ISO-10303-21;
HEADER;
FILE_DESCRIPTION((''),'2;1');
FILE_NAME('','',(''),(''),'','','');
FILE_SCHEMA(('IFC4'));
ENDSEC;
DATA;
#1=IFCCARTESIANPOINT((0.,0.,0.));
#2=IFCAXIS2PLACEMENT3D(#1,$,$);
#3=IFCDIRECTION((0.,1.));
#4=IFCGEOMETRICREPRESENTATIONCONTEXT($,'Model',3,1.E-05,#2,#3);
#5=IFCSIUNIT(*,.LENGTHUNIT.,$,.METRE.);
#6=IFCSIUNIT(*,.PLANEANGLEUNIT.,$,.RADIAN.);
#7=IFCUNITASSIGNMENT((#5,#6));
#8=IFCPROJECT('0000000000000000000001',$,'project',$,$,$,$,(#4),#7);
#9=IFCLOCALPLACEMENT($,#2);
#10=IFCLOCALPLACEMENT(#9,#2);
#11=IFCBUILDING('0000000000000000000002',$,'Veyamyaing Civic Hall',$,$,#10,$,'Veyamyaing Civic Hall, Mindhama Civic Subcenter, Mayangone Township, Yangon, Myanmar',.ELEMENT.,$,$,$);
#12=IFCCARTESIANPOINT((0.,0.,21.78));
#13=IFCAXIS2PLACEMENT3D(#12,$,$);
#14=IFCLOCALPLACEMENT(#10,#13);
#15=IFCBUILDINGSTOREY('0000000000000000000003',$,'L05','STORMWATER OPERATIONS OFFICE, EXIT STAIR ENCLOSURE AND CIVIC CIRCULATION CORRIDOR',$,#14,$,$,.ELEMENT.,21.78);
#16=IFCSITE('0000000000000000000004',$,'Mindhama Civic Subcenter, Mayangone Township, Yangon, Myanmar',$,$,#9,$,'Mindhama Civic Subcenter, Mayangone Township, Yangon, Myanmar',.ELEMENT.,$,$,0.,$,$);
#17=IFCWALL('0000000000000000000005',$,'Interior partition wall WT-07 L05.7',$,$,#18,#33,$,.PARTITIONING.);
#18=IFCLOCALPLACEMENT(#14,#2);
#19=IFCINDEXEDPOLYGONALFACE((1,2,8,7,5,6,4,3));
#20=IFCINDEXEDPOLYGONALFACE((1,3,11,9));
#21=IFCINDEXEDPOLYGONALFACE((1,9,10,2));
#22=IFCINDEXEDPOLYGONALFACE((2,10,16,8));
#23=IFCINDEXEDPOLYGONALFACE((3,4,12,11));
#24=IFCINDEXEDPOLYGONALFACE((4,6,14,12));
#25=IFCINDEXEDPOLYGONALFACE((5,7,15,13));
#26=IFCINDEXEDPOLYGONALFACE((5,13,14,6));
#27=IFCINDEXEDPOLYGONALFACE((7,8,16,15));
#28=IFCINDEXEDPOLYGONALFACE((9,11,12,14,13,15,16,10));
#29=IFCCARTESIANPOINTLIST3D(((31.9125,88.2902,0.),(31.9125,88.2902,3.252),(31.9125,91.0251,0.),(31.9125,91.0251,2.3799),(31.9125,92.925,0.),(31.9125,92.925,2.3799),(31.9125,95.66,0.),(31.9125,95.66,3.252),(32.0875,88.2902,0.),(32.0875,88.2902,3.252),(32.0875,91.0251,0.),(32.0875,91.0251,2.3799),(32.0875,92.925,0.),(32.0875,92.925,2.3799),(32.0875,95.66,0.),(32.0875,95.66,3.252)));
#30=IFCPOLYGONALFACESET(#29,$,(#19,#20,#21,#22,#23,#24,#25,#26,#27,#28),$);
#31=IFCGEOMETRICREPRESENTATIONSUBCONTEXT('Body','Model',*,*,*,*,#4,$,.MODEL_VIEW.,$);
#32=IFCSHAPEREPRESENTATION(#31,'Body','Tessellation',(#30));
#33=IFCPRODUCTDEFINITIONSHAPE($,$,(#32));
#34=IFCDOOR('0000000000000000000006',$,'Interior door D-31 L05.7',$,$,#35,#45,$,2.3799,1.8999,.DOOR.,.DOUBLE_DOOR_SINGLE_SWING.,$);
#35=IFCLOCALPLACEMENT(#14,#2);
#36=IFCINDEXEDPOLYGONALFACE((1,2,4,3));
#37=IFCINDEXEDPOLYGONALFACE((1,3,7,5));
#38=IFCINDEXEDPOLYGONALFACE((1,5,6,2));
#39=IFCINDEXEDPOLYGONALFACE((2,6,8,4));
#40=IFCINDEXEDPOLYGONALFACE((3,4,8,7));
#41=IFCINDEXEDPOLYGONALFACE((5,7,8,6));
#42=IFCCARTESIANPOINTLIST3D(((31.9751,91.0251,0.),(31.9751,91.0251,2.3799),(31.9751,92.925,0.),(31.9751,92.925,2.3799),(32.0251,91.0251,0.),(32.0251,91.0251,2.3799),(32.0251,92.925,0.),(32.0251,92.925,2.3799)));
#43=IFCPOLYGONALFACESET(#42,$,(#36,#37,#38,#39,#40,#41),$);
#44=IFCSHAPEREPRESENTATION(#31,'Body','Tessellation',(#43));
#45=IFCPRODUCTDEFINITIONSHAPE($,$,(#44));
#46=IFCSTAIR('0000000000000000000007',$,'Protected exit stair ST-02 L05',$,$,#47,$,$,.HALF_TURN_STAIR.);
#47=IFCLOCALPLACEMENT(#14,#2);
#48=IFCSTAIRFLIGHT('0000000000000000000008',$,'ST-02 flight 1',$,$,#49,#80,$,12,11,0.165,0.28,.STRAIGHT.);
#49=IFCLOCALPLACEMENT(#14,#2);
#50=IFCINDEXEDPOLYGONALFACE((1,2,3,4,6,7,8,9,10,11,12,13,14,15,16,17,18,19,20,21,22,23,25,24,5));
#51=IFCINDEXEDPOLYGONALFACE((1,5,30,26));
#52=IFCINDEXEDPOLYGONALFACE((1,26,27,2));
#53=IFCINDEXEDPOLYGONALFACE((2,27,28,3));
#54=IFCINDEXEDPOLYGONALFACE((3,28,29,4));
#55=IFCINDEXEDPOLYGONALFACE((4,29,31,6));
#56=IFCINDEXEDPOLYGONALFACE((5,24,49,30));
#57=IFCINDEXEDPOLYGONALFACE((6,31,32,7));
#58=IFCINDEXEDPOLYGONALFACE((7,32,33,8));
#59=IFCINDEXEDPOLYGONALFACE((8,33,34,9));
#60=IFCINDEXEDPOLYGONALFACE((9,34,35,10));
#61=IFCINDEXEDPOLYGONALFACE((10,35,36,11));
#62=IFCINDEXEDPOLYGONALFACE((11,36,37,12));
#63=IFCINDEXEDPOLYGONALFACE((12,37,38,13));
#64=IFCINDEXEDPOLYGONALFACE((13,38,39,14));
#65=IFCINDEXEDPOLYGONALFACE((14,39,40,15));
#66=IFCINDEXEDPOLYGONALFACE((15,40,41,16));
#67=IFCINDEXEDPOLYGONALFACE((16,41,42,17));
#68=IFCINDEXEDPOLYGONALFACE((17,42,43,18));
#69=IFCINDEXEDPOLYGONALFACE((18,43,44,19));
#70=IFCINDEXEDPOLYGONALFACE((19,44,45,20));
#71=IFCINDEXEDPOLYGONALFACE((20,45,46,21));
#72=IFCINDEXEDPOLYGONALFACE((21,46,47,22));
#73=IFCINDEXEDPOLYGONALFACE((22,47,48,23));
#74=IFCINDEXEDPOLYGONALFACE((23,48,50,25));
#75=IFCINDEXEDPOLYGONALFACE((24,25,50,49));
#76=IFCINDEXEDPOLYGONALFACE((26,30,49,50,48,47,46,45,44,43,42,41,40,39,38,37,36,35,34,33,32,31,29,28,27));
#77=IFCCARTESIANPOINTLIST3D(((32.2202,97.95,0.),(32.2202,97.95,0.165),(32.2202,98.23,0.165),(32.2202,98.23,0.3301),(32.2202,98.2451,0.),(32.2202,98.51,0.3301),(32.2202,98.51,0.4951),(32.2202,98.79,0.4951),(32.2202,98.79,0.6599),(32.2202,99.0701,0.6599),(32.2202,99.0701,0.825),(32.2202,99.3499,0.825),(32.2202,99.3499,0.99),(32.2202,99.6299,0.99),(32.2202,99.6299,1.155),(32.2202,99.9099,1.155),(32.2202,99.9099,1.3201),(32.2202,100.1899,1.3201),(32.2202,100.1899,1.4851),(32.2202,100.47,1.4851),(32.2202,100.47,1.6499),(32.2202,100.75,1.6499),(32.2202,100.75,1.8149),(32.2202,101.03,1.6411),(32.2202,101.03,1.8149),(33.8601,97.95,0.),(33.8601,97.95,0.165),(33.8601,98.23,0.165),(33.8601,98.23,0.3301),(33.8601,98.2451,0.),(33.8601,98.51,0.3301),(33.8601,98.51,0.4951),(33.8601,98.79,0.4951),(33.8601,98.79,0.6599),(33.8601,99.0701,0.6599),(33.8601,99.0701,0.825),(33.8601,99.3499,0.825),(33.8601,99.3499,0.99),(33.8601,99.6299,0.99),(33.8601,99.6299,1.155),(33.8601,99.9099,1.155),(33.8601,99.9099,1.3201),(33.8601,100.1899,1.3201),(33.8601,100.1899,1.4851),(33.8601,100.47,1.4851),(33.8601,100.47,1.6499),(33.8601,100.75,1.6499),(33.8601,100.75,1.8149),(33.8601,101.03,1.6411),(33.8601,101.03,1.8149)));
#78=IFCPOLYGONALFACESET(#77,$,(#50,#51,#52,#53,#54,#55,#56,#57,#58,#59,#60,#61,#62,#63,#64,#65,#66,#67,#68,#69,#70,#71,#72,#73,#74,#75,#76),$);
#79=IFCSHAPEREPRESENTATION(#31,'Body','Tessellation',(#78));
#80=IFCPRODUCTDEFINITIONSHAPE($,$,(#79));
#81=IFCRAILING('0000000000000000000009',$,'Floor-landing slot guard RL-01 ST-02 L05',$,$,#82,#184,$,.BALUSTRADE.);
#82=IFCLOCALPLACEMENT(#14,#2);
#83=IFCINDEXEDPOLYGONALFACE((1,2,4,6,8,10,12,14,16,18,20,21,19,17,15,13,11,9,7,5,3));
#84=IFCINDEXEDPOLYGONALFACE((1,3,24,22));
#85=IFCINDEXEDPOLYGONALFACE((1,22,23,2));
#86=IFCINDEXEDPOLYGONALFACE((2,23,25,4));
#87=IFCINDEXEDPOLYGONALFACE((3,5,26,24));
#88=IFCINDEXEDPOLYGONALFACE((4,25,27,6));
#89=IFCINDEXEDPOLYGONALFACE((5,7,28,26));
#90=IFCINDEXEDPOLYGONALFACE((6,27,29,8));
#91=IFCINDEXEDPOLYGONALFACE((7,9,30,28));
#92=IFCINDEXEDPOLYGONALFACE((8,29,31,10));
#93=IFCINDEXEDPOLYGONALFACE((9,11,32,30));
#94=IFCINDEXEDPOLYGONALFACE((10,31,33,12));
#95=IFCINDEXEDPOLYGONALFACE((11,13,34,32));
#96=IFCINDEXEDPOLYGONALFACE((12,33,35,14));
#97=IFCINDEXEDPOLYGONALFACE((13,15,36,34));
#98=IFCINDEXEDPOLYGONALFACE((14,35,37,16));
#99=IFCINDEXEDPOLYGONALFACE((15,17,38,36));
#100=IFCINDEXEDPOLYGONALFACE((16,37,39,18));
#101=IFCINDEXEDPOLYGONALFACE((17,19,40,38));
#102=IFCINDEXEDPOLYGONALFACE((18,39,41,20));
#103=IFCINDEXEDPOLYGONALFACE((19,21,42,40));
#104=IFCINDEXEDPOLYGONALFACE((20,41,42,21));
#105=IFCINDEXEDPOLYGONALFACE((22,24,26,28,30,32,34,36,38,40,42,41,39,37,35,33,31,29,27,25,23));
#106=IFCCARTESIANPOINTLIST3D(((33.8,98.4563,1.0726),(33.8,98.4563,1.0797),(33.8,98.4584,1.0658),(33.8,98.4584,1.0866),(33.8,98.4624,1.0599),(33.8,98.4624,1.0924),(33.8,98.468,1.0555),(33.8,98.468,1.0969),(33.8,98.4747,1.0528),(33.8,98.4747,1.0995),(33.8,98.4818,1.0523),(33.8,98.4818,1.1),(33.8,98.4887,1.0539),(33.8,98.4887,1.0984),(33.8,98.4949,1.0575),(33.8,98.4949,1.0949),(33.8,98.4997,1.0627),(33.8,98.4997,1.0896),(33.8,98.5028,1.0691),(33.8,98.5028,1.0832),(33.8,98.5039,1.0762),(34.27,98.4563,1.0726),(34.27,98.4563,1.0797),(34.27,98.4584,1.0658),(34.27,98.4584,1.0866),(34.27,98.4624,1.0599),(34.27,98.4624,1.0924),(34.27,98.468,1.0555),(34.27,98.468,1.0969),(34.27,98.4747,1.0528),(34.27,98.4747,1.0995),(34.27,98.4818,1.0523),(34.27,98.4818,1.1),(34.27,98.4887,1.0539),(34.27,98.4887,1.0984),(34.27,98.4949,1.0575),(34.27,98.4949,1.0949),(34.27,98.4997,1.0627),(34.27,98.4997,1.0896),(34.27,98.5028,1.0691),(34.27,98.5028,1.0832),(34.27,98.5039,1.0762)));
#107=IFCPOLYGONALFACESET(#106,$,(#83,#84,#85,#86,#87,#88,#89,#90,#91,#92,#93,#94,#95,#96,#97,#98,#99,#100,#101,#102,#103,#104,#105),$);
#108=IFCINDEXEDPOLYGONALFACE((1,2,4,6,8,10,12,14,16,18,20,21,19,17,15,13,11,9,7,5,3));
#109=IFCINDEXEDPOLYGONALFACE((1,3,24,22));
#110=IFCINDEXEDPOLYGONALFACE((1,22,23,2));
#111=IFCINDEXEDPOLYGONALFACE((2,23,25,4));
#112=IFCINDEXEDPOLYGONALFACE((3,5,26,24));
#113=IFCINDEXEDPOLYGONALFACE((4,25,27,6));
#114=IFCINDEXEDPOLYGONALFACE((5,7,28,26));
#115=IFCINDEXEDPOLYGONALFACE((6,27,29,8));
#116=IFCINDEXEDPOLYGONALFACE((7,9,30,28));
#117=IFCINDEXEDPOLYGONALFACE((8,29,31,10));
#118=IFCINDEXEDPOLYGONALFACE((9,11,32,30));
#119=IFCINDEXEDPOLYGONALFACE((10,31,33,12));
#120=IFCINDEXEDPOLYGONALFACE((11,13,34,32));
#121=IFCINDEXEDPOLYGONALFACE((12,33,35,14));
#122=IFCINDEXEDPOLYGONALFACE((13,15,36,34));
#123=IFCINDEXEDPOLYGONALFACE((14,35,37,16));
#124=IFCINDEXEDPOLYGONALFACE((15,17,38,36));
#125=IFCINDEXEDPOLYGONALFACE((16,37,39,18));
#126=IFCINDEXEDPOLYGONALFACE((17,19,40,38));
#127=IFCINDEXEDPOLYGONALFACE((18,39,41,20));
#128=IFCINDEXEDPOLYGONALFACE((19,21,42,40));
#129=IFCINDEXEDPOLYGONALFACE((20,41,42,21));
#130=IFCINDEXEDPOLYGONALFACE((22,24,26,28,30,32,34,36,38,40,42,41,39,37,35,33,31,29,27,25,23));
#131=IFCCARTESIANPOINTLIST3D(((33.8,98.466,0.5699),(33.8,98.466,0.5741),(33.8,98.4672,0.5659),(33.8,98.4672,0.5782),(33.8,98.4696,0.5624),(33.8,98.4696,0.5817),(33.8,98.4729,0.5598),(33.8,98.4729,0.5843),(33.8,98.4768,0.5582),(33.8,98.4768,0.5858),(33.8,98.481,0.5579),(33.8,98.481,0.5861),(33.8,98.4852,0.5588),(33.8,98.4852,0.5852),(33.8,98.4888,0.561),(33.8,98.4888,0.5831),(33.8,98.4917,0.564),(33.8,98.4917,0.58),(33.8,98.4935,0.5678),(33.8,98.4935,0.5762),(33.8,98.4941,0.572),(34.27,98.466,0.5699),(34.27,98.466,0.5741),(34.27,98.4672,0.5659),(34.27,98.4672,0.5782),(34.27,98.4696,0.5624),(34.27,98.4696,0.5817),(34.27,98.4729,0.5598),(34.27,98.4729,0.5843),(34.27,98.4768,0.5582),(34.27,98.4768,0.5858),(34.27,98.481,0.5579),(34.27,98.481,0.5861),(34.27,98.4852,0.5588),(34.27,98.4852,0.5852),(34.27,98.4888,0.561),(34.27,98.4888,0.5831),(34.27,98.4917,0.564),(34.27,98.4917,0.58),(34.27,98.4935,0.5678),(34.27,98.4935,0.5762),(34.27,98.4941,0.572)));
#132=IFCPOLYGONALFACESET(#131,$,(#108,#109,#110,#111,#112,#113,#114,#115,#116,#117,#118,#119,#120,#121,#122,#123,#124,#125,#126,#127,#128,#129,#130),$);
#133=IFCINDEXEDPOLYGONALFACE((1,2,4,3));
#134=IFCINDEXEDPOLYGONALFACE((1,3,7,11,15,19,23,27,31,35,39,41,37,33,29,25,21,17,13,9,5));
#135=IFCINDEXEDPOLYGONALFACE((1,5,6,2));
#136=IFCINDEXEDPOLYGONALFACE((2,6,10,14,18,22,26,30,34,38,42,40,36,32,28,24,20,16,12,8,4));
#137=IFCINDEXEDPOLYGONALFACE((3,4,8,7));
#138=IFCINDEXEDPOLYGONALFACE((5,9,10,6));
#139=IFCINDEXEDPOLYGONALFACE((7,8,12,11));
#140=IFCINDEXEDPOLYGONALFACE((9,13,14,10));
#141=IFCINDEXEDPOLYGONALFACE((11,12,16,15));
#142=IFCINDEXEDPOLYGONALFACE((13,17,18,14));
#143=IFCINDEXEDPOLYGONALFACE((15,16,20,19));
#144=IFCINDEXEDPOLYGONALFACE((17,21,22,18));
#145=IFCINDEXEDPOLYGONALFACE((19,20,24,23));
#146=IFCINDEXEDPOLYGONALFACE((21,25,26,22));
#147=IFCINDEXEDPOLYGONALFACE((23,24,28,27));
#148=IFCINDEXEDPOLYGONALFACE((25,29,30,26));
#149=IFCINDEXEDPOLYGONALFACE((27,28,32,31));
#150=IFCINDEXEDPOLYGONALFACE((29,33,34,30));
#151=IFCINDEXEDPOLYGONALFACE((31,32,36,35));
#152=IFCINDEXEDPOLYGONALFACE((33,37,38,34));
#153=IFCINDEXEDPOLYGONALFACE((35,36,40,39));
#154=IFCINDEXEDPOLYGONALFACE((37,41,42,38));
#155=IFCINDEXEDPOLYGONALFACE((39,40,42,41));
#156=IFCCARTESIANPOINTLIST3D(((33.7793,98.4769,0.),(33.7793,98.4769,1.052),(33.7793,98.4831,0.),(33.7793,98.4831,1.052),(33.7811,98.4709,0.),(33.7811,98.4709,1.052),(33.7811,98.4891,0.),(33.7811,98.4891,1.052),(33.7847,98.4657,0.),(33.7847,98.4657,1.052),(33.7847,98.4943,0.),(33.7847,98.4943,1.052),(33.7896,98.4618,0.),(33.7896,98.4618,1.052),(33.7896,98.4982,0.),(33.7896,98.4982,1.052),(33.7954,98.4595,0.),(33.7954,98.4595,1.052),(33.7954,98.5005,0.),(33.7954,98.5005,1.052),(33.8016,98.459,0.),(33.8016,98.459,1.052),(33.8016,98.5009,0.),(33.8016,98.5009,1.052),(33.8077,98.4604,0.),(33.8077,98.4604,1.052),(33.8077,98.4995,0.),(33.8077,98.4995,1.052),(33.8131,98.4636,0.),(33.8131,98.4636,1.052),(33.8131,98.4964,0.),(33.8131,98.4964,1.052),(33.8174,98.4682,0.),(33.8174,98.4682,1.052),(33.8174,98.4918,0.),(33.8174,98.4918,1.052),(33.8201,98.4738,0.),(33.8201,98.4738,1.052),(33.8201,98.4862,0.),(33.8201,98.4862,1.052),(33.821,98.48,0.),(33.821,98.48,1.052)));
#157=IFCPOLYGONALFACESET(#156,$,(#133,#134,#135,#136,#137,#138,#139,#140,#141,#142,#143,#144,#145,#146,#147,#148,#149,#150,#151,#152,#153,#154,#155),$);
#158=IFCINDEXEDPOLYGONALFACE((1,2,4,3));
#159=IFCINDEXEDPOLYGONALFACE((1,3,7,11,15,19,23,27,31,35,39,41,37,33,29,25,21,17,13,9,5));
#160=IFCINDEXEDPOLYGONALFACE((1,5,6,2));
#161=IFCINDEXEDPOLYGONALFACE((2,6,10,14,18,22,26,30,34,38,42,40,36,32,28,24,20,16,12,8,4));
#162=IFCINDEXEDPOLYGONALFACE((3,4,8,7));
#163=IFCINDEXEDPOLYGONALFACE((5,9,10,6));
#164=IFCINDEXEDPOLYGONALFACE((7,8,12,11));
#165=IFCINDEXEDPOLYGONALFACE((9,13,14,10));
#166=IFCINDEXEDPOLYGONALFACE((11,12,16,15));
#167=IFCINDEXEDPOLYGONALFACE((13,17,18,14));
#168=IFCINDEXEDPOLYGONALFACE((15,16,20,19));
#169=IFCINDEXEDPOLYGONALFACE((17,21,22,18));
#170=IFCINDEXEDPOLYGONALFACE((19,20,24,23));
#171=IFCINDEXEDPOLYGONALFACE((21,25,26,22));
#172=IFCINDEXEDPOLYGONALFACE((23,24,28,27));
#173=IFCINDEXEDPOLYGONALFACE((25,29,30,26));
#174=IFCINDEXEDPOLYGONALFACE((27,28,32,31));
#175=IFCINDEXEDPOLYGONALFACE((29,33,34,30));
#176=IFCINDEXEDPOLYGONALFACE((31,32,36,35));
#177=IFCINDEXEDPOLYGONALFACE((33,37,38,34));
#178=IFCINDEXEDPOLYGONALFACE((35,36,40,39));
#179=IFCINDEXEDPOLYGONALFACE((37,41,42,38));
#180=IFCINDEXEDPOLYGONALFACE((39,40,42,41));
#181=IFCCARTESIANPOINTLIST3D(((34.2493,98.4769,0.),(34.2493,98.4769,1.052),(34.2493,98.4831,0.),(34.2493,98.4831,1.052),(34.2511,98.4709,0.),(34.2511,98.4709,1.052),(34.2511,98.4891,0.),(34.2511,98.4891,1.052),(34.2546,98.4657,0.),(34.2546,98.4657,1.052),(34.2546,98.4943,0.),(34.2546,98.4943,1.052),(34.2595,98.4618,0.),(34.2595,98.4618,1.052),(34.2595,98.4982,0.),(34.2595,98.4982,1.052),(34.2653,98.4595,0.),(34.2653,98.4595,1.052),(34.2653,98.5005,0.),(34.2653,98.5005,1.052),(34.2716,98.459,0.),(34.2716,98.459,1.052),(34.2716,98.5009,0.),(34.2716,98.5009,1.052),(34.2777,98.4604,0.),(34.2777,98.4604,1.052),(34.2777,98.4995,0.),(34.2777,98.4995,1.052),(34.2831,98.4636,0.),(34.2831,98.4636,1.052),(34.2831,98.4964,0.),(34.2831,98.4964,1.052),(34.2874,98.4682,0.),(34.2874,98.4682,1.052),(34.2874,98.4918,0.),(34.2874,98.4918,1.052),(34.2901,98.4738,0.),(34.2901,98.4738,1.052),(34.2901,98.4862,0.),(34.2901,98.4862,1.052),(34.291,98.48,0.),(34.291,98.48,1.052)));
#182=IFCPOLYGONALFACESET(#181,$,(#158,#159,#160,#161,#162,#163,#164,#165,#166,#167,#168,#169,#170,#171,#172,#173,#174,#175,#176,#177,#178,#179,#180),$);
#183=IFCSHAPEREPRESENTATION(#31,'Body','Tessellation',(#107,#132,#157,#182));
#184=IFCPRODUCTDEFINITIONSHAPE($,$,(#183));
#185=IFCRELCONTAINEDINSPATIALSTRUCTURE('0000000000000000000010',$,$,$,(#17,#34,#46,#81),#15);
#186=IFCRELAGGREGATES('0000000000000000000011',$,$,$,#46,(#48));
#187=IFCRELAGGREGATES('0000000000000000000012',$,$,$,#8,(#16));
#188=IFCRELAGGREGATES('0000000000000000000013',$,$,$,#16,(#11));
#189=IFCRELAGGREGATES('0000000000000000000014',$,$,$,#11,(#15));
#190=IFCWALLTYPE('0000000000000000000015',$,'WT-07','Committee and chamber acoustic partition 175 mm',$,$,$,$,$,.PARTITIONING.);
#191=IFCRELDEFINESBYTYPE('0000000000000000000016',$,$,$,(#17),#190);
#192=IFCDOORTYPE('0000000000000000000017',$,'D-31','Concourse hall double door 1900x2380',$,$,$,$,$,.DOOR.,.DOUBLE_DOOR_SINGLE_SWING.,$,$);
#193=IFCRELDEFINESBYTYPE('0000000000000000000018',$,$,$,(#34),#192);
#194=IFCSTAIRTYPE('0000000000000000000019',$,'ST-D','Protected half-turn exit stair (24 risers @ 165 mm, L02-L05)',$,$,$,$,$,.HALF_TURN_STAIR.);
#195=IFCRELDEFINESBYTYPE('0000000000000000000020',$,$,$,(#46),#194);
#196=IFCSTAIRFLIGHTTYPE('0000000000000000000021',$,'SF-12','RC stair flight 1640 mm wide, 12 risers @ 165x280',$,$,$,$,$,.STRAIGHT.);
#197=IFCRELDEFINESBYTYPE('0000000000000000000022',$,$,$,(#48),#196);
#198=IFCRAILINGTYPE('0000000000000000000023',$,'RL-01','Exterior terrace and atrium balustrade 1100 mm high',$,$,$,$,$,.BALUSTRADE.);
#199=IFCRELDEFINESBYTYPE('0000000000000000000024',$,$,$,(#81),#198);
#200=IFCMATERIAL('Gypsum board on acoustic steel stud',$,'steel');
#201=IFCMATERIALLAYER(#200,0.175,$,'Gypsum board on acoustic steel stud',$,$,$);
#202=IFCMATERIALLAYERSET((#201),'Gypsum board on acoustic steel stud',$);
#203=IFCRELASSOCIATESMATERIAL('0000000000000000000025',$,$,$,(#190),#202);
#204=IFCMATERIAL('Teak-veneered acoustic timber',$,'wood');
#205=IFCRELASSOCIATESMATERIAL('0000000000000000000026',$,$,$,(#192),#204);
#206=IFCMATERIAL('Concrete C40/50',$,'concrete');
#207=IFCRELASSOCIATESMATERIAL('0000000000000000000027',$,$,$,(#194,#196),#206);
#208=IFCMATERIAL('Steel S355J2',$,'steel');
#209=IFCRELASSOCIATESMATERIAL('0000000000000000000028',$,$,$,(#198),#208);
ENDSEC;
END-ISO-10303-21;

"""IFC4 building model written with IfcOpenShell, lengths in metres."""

from ifc_helpers import new_model, si_unit, direction, frame, frame_2d, origin, origin_2d, place, context, subcontext, project, spatial, polyline, rectangle, circle, outline, extrude, material, layer, layer_set, type_object, element, fill, aggregate, save


model = new_model("IFC4")

# Units and contexts
model_context = context("Model", 3, precision=1e-05, world=origin(), true_north=direction((0.0, 1.0)))
body_context = subcontext(model_context, "Body", "Model", "MODEL_VIEW")
ifc_project = project(units=[si_unit("LENGTHUNIT", "METRE"), si_unit("PLANEANGLEUNIT", "RADIAN")], contexts=[model_context])

# Site, building, storey
site_placement = place(None, origin())
site = spatial("IfcSite", under=ifc_project, at=site_placement, Name="Mindhama Civic Subcenter, Mayangone Township, Yangon, Myanmar", LongName="Mindhama Civic Subcenter, Mayangone Township, Yangon, Myanmar", CompositionType="ELEMENT", RefElevation=0.0)
building_placement = place(site_placement, origin())
building = spatial("IfcBuilding", under=site, at=building_placement, Name="Veyamyaing Civic Hall", LongName="Veyamyaing Civic Hall, Mindhama Civic Subcenter, Mayangone Township, Yangon, Myanmar", CompositionType="ELEMENT")
storey_placement = place(building_placement, frame((0.0, 0.0, 21.78)))
storey = spatial("IfcBuildingStorey", under=building, at=storey_placement, Name="L05", Description="STORMWATER OPERATIONS OFFICE, EXIT STAIR ENCLOSURE AND CIVIC CIRCULATION CORRIDOR", CompositionType="ELEMENT", Elevation=21.78)

# Shared definitions
ifc_material_1 = material(Name="Concrete C40/50", Category="concrete")

# Wall, opening, door
ifc_material_2 = material(Name="Gypsum board on acoustic steel stud", Category="steel")
ifc_layer_1 = layer(ifc_material_2, 0.175, Name="Gypsum board on acoustic steel stud")
ifc_layer_set_1 = layer_set([ifc_layer_1], Name="Gypsum board on acoustic steel stud")
wall_type_1 = type_object("IfcWallType", Name="WT-07", Description="Committee and chamber acoustic partition 175 mm", PredefinedType="PARTITIONING", material=ifc_layer_set_1)
wall_1_placement = place(storey_placement, frame((32.0, 88.29, 0.0), z_axis=(0.0, 0.0, 1.0), x_axis=(0.0, 1.0, 0.0)))
wall_1 = element("IfcWall", 1, at=wall_1_placement, inside=storey, type_object=wall_type_1, Name="Interior partition wall WT-07 L05.7", PredefinedType="PARTITIONING", context=body_context, shape_type="SweptSolid", body=[
    extrude(rectangle(XDim=7.3699, YDim=0.175, at=frame_2d((3.6851, 0.0))), origin(), (0.0, 0.0, 1.0), 3.252),
])
opening_1_placement = place(wall_1_placement, frame((2.7351, 0.0, 0.0)))
opening_1 = element("IfcOpeningElement", 2, at=opening_1_placement, cuts=wall_1, PredefinedType="OPENING", context=body_context, shape_type="SweptSolid", body=[
    extrude(rectangle(XDim=1.8999, YDim=2.3799, at=frame_2d((0.95, 1.1899))), frame((0.0, 0.0974, 0.0), z_axis=(0.0, -1.0, 0.0), x_axis=(1.0, 0.0, 0.0)), (0.0, 0.0, 1.0), 0.1951),
])
ifc_material_3 = material(Name="Teak-veneered acoustic timber", Category="wood")
door_type_1 = type_object("IfcDoorType", Name="D-31", Description="Concourse hall double door 1900x2380", OperationType="DOUBLE_DOOR_SINGLE_SWING", PredefinedType="DOOR", material=ifc_material_3)
door_1_placement = place(opening_1_placement, origin())
door_1 = element("IfcDoor", 3, at=door_1_placement, inside=storey, type_object=door_type_1, Name="Interior door D-31 L05.7", OperationType="DOUBLE_DOOR_SINGLE_SWING", OverallHeight=2.3799, OverallWidth=1.8999, PredefinedType="DOOR", context=body_context, shape_type="SweptSolid", body=[
    extrude(rectangle(XDim=1.8999, YDim=2.3799, at=frame_2d((0.95, 1.1899))), frame((0.0, 0.0249, 0.0), z_axis=(0.0, -1.0, 0.0), x_axis=(1.0, 0.0, 0.0)), (0.0, 0.0, 1.0), 0.05),
])
fill(opening_1, door_1)

# Stair, stair flight
stair_type = type_object("IfcStairType", Name="ST-D", Description="Protected half-turn exit stair (24 risers @ 165 mm, L02-L05)", PredefinedType="HALF_TURN_STAIR", material=ifc_material_1)
stair_placement = place(storey_placement, origin())
stair = element("IfcStair", 4, at=stair_placement, inside=storey, type_object=stair_type, Name="Protected exit stair ST-02 L05", PredefinedType="HALF_TURN_STAIR")
stair_flight_type = type_object("IfcStairFlightType", Name="SF-12", Description="RC stair flight 1640 mm wide, 12 risers @ 165x280", PredefinedType="STRAIGHT", material=ifc_material_1)
stair_flight_placement = place(storey_placement, frame((33.04, 97.95, 0.0), z_axis=(0.0, 0.0, 1.0), x_axis=(0.0, 1.0, 0.0)))
stair_flight = element("IfcStairFlight", 5, at=stair_flight_placement, type_object=stair_flight_type, Name="ST-02 flight 1", NumberOfRisers=12, NumberOfTreads=11, PredefinedType="STRAIGHT", RiserHeight=0.165, TreadLength=0.28, context=body_context, shape_type="SweptSolid", body=[
    extrude(outline(polyline([(0.0, 0.0), (0.0, 0.165), (0.28, 0.165), (0.28, 0.3301), (0.5601, 0.3301), (0.5601, 0.4951), (0.8401, 0.4951), (0.8401, 0.6599), (1.1201, 0.6599), (1.1201, 0.825), (1.3999, 0.825), (1.3999, 0.99), (1.6799, 0.99), (1.6799, 1.155), (1.96, 1.155), (1.96, 1.3201), (2.24, 1.3201), (2.24, 1.4851), (2.52, 1.4851), (2.52, 1.6499), (2.8, 1.6499), (2.8, 1.8149), (3.0801, 1.8149), (3.0801, 1.98), (3.0801, 1.6411), (0.2952, 0.0), (0.0, 0.0)])), frame((0.0, 0.8198, 0.0), z_axis=(0.0, -1.0, 0.0), x_axis=(1.0, 0.0, 0.0)), (0.0, 0.0, 1.0), 1.6399),
])
aggregate(stair, [stair_flight])

# Railing
ifc_material_4 = material(Name="Steel S355J2", Category="steel")
railing_type_1 = type_object("IfcRailingType", Name="RL-01", Description="Exterior terrace and atrium balustrade 1100 mm high", PredefinedType="BALUSTRADE", material=ifc_material_4)
railing_1_placement = place(storey_placement, frame((33.8, 98.48, 0.0)))
element("IfcRailing", 6, at=railing_1_placement, inside=storey, type_object=railing_type_1, Name="Floor-landing slot guard RL-01 ST-02 L05", PredefinedType="BALUSTRADE", context=body_context, shape_type="SweptSolid", body=[
    extrude(circle(Radius=0.0239, at=origin_2d()), frame((0.0, 0.0, 1.0762), z_axis=(1.0, 0.0, 0.0), x_axis=(0.0, 1.0, 0.0)), (0.0, 0.0, 1.0), 0.47),
    extrude(circle(Radius=0.0142, at=origin_2d()), frame((0.0, 0.0, 0.572), z_axis=(1.0, 0.0, 0.0), x_axis=(0.0, 1.0, 0.0)), (0.0, 0.0, 1.0), 0.47),
    extrude(circle(Radius=0.021, at=origin_2d()), origin(), (0.0, 0.0, 1.0), 1.052),
    extrude(circle(Radius=0.021, at=origin_2d()), frame((0.47, 0.0, 0.0)), (0.0, 0.0, 1.0), 1.052),
])

save(model, "model.ifc")
